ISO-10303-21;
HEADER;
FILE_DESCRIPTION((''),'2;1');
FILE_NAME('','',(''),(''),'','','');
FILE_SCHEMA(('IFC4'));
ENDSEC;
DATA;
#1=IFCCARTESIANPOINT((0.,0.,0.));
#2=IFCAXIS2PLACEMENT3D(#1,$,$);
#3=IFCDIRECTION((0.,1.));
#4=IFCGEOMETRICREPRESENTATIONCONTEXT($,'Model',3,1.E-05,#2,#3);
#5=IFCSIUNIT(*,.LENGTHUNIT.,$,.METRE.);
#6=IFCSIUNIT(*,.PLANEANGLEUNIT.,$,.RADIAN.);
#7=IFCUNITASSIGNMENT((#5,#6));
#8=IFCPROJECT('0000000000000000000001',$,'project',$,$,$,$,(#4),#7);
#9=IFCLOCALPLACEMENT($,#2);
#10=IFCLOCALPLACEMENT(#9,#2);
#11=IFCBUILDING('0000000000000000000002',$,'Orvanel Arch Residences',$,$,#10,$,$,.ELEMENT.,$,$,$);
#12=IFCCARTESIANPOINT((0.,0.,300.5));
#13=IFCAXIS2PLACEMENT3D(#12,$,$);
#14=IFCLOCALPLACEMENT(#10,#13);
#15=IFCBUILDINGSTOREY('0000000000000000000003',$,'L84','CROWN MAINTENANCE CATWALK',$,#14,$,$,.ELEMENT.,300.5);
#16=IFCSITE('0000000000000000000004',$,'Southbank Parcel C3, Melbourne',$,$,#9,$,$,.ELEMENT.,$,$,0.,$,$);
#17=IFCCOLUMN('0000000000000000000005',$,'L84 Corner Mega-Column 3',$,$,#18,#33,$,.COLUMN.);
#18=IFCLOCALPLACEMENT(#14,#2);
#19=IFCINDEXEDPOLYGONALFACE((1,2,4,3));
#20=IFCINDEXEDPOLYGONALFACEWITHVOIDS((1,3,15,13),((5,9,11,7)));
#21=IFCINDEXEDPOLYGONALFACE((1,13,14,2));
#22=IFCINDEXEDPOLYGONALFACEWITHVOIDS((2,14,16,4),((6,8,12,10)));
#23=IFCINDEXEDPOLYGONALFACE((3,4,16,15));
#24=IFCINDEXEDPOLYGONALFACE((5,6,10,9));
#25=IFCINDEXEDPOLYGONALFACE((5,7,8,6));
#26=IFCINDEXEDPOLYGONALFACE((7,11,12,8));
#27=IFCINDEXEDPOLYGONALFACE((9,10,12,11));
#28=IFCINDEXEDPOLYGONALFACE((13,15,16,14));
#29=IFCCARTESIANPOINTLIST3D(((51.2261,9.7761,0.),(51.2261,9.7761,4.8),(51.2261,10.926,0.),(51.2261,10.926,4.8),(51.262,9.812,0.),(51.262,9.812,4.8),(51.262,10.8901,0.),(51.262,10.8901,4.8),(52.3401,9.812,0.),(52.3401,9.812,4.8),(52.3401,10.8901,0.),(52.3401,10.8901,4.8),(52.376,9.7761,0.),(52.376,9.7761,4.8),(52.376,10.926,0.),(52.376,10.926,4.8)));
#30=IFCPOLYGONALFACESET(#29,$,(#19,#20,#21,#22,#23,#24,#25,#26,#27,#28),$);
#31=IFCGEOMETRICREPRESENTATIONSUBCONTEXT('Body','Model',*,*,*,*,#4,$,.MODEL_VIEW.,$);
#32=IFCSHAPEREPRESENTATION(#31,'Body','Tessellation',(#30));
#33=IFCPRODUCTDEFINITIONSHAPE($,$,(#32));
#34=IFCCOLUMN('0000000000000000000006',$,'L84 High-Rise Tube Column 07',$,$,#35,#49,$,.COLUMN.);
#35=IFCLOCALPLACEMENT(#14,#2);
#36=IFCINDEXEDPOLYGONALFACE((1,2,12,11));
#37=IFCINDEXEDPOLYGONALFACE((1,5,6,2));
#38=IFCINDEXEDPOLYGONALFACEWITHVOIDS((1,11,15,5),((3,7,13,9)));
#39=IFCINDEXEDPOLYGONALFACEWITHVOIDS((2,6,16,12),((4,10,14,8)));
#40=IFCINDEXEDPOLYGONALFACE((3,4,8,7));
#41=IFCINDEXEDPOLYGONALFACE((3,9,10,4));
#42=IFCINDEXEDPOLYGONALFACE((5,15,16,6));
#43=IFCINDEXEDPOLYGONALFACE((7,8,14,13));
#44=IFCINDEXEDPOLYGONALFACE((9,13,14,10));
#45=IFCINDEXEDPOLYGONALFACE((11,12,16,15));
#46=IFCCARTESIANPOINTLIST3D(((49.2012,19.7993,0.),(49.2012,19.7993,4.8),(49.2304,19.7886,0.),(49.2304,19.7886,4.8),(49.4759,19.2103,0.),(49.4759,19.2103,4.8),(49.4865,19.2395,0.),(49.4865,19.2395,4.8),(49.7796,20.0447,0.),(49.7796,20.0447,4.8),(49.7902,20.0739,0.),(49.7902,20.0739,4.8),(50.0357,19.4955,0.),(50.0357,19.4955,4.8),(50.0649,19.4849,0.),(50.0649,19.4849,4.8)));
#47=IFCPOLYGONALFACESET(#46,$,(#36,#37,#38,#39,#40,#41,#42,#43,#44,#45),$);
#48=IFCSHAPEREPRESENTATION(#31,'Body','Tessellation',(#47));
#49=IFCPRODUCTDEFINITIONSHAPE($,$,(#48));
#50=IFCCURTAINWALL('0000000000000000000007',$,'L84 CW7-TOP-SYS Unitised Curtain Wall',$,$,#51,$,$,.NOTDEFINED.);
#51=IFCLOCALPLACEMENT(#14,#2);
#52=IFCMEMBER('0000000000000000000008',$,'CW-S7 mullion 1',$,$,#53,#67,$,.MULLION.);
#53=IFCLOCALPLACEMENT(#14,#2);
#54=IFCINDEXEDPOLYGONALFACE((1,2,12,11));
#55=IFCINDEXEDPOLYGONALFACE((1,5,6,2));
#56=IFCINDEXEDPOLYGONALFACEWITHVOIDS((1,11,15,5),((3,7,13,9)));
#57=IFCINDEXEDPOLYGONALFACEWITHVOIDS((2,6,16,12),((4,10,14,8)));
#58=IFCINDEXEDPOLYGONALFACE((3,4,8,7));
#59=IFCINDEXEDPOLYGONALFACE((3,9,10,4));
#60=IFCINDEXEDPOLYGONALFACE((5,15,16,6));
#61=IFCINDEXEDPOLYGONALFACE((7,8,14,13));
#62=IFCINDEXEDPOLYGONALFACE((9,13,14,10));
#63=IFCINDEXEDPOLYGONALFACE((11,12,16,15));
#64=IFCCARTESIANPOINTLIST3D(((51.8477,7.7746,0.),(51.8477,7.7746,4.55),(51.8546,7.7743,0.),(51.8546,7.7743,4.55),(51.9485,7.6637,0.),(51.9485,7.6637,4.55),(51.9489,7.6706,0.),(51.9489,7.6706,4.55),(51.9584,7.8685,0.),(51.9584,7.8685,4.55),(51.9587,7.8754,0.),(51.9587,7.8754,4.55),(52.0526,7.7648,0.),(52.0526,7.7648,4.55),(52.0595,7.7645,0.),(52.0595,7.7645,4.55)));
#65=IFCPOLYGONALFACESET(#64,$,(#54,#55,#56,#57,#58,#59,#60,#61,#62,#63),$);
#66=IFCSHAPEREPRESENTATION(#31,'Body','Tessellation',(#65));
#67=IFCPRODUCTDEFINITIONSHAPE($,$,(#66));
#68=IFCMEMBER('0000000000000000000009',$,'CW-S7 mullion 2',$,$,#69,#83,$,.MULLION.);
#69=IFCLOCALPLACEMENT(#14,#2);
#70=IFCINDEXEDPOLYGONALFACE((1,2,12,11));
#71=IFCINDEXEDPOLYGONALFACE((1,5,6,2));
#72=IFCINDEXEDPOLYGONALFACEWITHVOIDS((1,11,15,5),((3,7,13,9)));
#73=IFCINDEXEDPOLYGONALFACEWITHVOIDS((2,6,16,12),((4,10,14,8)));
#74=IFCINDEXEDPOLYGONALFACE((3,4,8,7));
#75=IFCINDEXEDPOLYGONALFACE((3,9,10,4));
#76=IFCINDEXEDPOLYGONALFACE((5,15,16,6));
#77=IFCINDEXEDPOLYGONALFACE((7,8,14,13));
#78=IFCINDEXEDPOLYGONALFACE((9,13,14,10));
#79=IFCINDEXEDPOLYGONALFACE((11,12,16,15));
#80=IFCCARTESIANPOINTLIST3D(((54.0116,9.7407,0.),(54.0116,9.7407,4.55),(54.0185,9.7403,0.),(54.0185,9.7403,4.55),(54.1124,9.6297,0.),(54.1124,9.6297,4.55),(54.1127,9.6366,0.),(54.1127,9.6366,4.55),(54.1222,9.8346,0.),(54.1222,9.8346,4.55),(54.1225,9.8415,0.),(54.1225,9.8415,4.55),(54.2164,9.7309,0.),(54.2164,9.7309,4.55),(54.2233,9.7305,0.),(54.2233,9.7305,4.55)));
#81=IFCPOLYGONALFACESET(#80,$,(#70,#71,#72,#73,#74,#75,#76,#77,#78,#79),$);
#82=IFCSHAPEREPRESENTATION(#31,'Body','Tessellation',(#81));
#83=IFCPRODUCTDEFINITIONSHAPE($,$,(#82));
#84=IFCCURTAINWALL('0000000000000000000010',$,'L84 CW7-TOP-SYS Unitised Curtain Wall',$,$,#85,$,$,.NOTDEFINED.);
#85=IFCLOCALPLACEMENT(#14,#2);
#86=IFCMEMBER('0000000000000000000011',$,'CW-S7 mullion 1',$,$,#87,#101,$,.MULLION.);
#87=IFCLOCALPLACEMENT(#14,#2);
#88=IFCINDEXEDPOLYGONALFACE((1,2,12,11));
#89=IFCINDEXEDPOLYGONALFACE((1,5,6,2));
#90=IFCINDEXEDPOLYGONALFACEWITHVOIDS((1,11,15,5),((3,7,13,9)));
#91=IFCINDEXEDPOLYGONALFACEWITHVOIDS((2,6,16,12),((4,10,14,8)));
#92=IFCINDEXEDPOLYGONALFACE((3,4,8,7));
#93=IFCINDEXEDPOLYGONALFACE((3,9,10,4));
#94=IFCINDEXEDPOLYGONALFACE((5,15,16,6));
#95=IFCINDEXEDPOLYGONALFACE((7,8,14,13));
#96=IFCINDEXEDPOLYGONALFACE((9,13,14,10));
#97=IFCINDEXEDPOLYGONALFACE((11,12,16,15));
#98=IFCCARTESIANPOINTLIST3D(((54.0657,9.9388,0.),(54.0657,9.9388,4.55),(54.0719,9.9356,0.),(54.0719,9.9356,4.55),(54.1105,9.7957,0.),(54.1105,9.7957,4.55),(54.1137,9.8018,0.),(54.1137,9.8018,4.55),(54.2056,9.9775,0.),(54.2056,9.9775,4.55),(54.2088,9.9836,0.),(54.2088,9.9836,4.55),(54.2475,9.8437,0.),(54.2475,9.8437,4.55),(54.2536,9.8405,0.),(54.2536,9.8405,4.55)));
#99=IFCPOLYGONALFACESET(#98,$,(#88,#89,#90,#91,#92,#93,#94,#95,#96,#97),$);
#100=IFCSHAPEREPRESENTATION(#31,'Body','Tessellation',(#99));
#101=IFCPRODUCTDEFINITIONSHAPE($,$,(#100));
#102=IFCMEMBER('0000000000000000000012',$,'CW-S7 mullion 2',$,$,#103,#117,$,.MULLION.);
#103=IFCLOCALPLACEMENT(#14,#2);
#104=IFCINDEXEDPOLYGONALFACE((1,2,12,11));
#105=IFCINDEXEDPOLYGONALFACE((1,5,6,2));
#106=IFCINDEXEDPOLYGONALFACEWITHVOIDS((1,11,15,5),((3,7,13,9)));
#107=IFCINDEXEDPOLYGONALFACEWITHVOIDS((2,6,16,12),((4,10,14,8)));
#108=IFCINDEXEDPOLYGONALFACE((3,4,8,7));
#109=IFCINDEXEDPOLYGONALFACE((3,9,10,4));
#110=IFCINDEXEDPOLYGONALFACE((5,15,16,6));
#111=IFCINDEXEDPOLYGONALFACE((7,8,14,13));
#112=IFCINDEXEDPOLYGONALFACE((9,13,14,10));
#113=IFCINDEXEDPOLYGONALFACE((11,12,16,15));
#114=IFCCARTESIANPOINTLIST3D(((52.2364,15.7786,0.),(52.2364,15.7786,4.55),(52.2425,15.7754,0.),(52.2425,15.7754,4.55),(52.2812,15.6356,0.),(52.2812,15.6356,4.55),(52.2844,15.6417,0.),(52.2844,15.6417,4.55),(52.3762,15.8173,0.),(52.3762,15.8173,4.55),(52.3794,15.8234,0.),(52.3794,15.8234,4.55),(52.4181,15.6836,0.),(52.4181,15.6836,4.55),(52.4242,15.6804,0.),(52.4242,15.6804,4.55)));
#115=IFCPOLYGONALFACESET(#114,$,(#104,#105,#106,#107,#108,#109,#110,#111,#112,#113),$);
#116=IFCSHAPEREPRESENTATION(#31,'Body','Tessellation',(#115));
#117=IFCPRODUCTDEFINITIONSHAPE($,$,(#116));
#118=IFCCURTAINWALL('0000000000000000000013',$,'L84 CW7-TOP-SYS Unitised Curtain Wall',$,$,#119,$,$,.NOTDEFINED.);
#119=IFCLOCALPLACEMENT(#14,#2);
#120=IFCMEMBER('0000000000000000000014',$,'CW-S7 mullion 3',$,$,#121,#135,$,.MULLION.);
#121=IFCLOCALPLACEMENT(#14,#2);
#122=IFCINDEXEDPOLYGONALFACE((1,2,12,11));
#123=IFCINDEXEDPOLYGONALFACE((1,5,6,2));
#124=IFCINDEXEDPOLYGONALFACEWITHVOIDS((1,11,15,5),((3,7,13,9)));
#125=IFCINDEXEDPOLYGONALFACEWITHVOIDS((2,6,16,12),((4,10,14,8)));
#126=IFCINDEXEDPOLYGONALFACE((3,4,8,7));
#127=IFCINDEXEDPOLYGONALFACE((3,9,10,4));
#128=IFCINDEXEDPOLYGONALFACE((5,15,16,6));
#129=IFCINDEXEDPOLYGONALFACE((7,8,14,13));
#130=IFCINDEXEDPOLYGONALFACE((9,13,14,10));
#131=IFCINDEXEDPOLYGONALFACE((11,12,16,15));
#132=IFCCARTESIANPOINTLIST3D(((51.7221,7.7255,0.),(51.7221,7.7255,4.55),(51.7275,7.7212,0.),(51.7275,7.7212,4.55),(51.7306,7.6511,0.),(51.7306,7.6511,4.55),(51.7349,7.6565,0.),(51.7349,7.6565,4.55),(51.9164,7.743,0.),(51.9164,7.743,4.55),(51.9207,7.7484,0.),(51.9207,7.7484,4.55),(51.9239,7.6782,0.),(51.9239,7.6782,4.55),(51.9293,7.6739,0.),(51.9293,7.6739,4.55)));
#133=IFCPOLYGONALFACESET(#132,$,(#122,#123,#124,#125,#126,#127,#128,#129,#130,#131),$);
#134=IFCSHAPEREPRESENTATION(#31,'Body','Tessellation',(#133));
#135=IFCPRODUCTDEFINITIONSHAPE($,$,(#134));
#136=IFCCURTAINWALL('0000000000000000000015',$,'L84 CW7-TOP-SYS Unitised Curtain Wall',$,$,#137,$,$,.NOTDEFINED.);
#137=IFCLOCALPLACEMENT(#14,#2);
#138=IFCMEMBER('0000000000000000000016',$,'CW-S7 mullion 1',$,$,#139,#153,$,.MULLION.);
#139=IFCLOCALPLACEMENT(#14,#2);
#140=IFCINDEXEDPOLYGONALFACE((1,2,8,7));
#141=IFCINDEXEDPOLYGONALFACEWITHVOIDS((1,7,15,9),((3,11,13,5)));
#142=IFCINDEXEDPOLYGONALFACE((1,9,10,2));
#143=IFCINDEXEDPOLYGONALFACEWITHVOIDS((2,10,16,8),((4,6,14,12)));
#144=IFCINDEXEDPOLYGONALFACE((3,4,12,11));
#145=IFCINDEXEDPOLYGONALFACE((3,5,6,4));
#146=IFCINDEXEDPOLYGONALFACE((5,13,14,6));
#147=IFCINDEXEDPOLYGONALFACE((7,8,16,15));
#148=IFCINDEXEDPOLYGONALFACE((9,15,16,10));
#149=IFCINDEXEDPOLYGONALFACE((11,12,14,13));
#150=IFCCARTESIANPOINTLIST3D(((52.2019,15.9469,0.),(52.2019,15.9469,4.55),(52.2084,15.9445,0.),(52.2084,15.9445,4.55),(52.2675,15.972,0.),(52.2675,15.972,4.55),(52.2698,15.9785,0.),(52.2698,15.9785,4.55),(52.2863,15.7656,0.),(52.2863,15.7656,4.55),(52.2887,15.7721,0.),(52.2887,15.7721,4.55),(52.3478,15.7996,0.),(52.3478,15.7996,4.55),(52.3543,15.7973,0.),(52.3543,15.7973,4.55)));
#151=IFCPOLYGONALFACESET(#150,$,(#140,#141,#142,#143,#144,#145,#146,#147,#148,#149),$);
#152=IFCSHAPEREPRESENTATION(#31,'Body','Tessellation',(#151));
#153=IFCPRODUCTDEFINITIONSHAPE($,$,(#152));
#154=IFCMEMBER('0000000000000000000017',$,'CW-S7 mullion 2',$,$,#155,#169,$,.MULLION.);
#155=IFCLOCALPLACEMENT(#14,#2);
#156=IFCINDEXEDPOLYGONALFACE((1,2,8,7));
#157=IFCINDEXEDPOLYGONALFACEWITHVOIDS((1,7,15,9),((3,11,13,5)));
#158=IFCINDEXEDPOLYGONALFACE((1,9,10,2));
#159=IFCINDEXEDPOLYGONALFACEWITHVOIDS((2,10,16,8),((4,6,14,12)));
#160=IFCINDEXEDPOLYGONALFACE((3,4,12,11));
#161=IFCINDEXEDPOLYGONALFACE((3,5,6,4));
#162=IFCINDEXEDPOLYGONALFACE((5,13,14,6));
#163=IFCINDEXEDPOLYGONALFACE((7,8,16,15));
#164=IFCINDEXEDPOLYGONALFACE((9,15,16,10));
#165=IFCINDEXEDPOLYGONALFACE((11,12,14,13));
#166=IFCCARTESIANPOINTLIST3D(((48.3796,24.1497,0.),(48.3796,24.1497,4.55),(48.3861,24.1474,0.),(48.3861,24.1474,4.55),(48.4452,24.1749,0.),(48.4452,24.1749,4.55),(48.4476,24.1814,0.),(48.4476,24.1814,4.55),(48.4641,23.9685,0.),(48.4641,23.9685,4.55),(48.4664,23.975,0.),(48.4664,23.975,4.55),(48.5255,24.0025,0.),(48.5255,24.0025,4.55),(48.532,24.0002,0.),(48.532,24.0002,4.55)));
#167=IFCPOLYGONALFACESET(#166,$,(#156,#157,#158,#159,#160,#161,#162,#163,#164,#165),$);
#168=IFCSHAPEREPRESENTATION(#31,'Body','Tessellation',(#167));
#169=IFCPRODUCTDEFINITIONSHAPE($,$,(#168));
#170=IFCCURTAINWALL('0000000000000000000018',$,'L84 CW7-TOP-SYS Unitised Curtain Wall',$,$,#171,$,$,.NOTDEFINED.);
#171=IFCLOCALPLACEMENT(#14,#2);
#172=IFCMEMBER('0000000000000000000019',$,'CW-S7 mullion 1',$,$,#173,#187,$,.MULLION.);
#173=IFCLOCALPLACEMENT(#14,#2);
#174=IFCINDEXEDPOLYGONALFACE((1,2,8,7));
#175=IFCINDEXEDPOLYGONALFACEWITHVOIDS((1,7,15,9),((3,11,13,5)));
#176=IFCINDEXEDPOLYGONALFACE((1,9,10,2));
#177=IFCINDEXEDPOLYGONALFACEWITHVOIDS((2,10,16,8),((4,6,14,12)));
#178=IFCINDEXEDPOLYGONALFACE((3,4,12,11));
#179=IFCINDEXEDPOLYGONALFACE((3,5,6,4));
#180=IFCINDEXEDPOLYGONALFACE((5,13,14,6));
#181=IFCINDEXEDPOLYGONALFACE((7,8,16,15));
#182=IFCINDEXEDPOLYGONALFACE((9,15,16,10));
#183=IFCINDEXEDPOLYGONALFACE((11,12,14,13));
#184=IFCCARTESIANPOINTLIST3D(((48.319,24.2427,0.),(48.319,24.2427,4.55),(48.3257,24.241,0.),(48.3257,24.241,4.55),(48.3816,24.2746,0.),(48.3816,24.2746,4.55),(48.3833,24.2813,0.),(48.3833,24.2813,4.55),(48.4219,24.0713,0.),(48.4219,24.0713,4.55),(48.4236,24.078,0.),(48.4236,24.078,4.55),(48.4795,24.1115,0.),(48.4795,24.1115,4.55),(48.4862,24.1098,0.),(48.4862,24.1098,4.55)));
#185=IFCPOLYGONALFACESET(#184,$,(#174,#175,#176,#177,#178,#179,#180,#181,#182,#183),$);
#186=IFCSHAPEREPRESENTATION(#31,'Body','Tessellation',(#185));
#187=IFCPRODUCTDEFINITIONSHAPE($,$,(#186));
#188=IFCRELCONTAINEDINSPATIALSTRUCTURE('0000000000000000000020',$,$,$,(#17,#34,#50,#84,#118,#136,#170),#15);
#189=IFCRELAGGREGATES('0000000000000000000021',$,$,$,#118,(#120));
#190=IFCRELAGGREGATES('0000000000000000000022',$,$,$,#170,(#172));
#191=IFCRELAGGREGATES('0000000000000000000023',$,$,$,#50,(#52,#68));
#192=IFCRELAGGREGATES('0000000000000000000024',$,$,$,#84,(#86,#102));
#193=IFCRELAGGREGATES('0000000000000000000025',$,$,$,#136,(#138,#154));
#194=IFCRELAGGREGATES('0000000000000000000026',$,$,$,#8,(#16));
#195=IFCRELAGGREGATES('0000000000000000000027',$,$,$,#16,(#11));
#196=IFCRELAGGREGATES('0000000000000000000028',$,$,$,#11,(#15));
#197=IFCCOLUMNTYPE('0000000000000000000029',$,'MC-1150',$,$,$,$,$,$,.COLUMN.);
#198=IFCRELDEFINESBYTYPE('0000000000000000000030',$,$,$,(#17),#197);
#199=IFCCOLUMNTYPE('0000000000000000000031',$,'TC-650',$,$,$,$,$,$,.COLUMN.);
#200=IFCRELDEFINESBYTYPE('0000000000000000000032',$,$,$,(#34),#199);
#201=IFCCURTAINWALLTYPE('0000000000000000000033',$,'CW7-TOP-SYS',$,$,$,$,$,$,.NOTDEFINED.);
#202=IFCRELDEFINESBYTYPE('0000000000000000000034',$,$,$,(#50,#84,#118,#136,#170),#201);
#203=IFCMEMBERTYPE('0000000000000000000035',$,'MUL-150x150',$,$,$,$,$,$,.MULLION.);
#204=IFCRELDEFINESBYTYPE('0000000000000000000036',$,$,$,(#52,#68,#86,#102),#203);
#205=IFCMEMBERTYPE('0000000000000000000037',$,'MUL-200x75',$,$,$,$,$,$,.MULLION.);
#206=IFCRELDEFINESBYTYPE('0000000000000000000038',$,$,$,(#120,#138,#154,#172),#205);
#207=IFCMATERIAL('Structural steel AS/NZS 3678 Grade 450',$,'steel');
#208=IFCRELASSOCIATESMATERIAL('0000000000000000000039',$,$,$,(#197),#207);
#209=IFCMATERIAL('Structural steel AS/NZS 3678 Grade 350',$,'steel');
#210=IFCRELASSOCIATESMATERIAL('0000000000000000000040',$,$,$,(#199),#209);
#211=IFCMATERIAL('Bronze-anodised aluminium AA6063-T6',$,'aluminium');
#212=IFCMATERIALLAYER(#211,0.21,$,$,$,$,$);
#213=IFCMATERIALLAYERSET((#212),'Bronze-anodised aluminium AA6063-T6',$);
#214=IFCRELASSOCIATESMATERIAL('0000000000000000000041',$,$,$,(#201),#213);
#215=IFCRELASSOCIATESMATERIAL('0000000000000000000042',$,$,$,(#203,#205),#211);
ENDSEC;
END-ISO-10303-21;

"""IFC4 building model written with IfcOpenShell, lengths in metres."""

from ifc_helpers import new_model, si_unit, direction, frame, origin, origin_2d, place, context, subcontext, project, spatial, hollow_rectangle, extrude, material, layer, layer_set, material_profile, profile_set, type_object, element, aggregate, save


model = new_model("IFC4")

# Units and contexts
model_context = context("Model", 3, precision=1e-05, world=origin(), true_north=direction((0.0, 1.0)))
body_context = subcontext(model_context, "Body", "Model", "MODEL_VIEW")
ifc_project = project(units=[si_unit("LENGTHUNIT", "METRE"), si_unit("PLANEANGLEUNIT", "RADIAN")], contexts=[model_context])

# Site, building, storey
site_placement = place(None, origin())
site = spatial("IfcSite", under=ifc_project, at=site_placement, Name="Southbank Parcel C3, Melbourne", CompositionType="ELEMENT", RefElevation=0.0)
building_placement = place(site_placement, origin())
building = spatial("IfcBuilding", under=site, at=building_placement, Name="Orvanel Arch Residences", CompositionType="ELEMENT")
storey_placement = place(building_placement, frame((0.0, 0.0, 300.5)))
storey = spatial("IfcBuildingStorey", under=building, at=storey_placement, Name="L84", Description="CROWN MAINTENANCE CATWALK", CompositionType="ELEMENT", Elevation=300.5)

# Columns
ifc_material_1 = material(Name="Structural steel AS/NZS 3678 Grade 450", Category="steel")
ifc_material_profile_1 = material_profile(ifc_material_1, hollow_rectangle(XDim=1.1499, YDim=1.1499, WallThickness=0.0359, at=origin_2d()), Name="BOX1150x1150x36")
ifc_profile_set_1 = profile_set([ifc_material_profile_1], Name="Structural steel AS/NZS 3678 Grade 450")
column_type_1 = type_object("IfcColumnType", Name="MC-1150", PredefinedType="COLUMN", material=ifc_profile_set_1)
column_1_placement = place(storey_placement, frame((51.801, 10.3511, 0.0), z_axis=(0.0, 0.0, 1.0), x_axis=(1.0, 0.0, 0.0)))
element("IfcColumn", 1, at=column_1_placement, inside=storey, type_object=column_type_1, Name="L84 Corner Mega-Column 3", PredefinedType="COLUMN", context=body_context, shape_type="SweptSolid", body=[
    extrude(hollow_rectangle(XDim=1.1499, YDim=1.1499, WallThickness=0.0359, at=origin_2d()), origin(), (0.0, 0.0, 1.0), 4.8),
])
ifc_material_2 = material(Name="Structural steel AS/NZS 3678 Grade 350", Category="steel")
ifc_material_profile_2 = material_profile(ifc_material_2, hollow_rectangle(XDim=0.6499, YDim=0.6499, WallThickness=0.022, at=origin_2d()), Name="BOX650x650x22")
ifc_profile_set_2 = profile_set([ifc_material_profile_2], Name="Structural steel AS/NZS 3678 Grade 350")
column_type_2 = type_object("IfcColumnType", Name="TC-650", PredefinedType="COLUMN", material=ifc_profile_set_2)
column_2_placement = place(storey_placement, frame((49.6331, 19.6421, 0.0), z_axis=(0.0, 0.0, 1.0), x_axis=(-0.422618, 0.906308, 0.0)))
element("IfcColumn", 2, at=column_2_placement, inside=storey, type_object=column_type_2, Name="L84 High-Rise Tube Column 07", PredefinedType="COLUMN", context=body_context, shape_type="SweptSolid", body=[
    extrude(hollow_rectangle(XDim=0.6499, YDim=0.6499, WallThickness=0.022, at=origin_2d()), origin(), (0.0, 0.0, 1.0), 4.8),
])

# Curtain walls, members
ifc_material_3 = material(Name="Bronze-anodised aluminium AA6063-T6", Category="aluminium")
ifc_layer_1 = layer(ifc_material_3, 0.21)
ifc_layer_set_1 = layer_set([ifc_layer_1], Name="Bronze-anodised aluminium AA6063-T6")
curtain_wall_type = type_object("IfcCurtainWallType", Name="CW7-TOP-SYS", PredefinedType="NOTDEFINED", material=ifc_layer_set_1)
curtain_wall_1_placement = place(storey_placement, origin())
curtain_wall_1 = element("IfcCurtainWall", 3, at=curtain_wall_1_placement, inside=storey, type_object=curtain_wall_type, Name="L84 CW7-TOP-SYS Unitised Curtain Wall", PredefinedType="NOTDEFINED")
ifc_material_profile_3 = material_profile(ifc_material_3, hollow_rectangle(XDim=0.1499, YDim=0.1499, WallThickness=0.0049, at=origin_2d()), Name="ALU150x150x5")
ifc_profile_set_3 = profile_set([ifc_material_profile_3], Name="Bronze-anodised aluminium AA6063-T6")
member_type_1 = type_object("IfcMemberType", Name="MUL-150x150", PredefinedType="MULLION", material=ifc_profile_set_3)
member_1_placement = place(storey_placement, frame((51.9536, 7.7695, 0.0), z_axis=(0.0, 0.0, 1.0), x_axis=(-0.672462, 0.740131, 0.0)))
member_1 = element("IfcMember", 4, at=member_1_placement, type_object=member_type_1, Name="CW-S7 mullion 1", PredefinedType="MULLION", context=body_context, shape_type="SweptSolid", body=[
    extrude(hollow_rectangle(XDim=0.1499, YDim=0.1499, WallThickness=0.0049, at=origin_2d()), origin(), (0.0, 0.0, 1.0), 4.55),
])
member_2_placement = place(storey_placement, frame((54.1174, 9.7356, 0.0), z_axis=(0.0, 0.0, 1.0), x_axis=(-0.672462, 0.740131, 0.0)))
member_2 = element("IfcMember", 5, at=member_2_placement, type_object=member_type_1, Name="CW-S7 mullion 2", PredefinedType="MULLION", context=body_context, shape_type="SweptSolid", body=[
    extrude(hollow_rectangle(XDim=0.1499, YDim=0.1499, WallThickness=0.0049, at=origin_2d()), origin(), (0.0, 0.0, 1.0), 4.55),
])
curtain_wall_2_placement = place(storey_placement, origin())
curtain_wall_2 = element("IfcCurtainWall", 6, at=curtain_wall_2_placement, inside=storey, type_object=curtain_wall_type, Name="L84 CW7-TOP-SYS Unitised Curtain Wall", PredefinedType="NOTDEFINED")
member_3_placement = place(storey_placement, frame((54.1597, 9.8896, 0.0), z_axis=(0.0, 0.0, 1.0), x_axis=(-0.954284, -0.298902, 0.0)))
member_3 = element("IfcMember", 7, at=member_3_placement, type_object=member_type_1, Name="CW-S7 mullion 1", PredefinedType="MULLION", context=body_context, shape_type="SweptSolid", body=[
    extrude(hollow_rectangle(XDim=0.1499, YDim=0.1499, WallThickness=0.0049, at=origin_2d()), origin(), (0.0, 0.0, 1.0), 4.55),
])
member_4_placement = place(storey_placement, frame((52.3303, 15.7295, 0.0), z_axis=(0.0, 0.0, 1.0), x_axis=(-0.954284, -0.298902, 0.0)))
member_4 = element("IfcMember", 8, at=member_4_placement, type_object=member_type_1, Name="CW-S7 mullion 2", PredefinedType="MULLION", context=body_context, shape_type="SweptSolid", body=[
    extrude(hollow_rectangle(XDim=0.1499, YDim=0.1499, WallThickness=0.0049, at=origin_2d()), origin(), (0.0, 0.0, 1.0), 4.55),
])

# Curtain wall, member
curtain_wall_3_placement = place(storey_placement, origin())
curtain_wall_3 = element("IfcCurtainWall", 9, at=curtain_wall_3_placement, inside=storey, type_object=curtain_wall_type, Name="L84 CW7-TOP-SYS Unitised Curtain Wall", PredefinedType="NOTDEFINED")
ifc_material_profile_4 = material_profile(ifc_material_3, hollow_rectangle(XDim=0.075, YDim=0.2, WallThickness=0.0049, at=origin_2d()), Name="ALU200x75x5")
ifc_profile_set_4 = profile_set([ifc_material_profile_4], Name="Bronze-anodised aluminium AA6063-T6")
member_type_2 = type_object("IfcMemberType", Name="MUL-200x75", PredefinedType="MULLION", material=ifc_profile_set_4)
member_5_placement = place(storey_placement, frame((51.8257, 7.6997, 0.0), z_axis=(0.0, 0.0, 1.0), x_axis=(-0.114245, 0.993453, 0.0)))
member_5 = element("IfcMember", 10, at=member_5_placement, type_object=member_type_2, Name="CW-S7 mullion 3", PredefinedType="MULLION", context=body_context, shape_type="SweptSolid", body=[
    extrude(hollow_rectangle(XDim=0.075, YDim=0.2, WallThickness=0.0049, at=origin_2d()), origin(), (0.0, 0.0, 1.0), 4.55),
])
aggregate(curtain_wall_3, [member_5])

# Curtain wall, members
curtain_wall_4_placement = place(storey_placement, origin())
curtain_wall_4 = element("IfcCurtainWall", 11, at=curtain_wall_4_placement, inside=storey, type_object=curtain_wall_type, Name="L84 CW7-TOP-SYS Unitised Curtain Wall", PredefinedType="NOTDEFINED")
member_6_placement = place(storey_placement, frame((52.2781, 15.8721, 0.0), z_axis=(0.0, 0.0, 1.0), x_axis=(-0.906427, -0.422363, 0.0)))
member_6 = element("IfcMember", 12, at=member_6_placement, type_object=member_type_2, Name="CW-S7 mullion 1", PredefinedType="MULLION", context=body_context, shape_type="SweptSolid", body=[
    extrude(hollow_rectangle(XDim=0.075, YDim=0.2, WallThickness=0.0049, at=origin_2d()), origin(), (0.0, 0.0, 1.0), 4.55),
])
member_7_placement = place(storey_placement, frame((48.4558, 24.075, 0.0), z_axis=(0.0, 0.0, 1.0), x_axis=(-0.906427, -0.422363, 0.0)))
member_7 = element("IfcMember", 13, at=member_7_placement, type_object=member_type_2, Name="CW-S7 mullion 2", PredefinedType="MULLION", context=body_context, shape_type="SweptSolid", body=[
    extrude(hollow_rectangle(XDim=0.075, YDim=0.2, WallThickness=0.0049, at=origin_2d()), origin(), (0.0, 0.0, 1.0), 4.55),
])

# Curtain wall, member
curtain_wall_5_placement = place(storey_placement, origin())
curtain_wall_5 = element("IfcCurtainWall", 14, at=curtain_wall_5_placement, inside=storey, type_object=curtain_wall_type, Name="L84 CW7-TOP-SYS Unitised Curtain Wall", PredefinedType="NOTDEFINED")
member_8_placement = place(storey_placement, frame((48.4026, 24.1763, 0.0), z_axis=(0.0, 0.0, 1.0), x_axis=(-0.857522, -0.514447, 0.0)))
member_8 = element("IfcMember", 15, at=member_8_placement, type_object=member_type_2, Name="CW-S7 mullion 1", PredefinedType="MULLION", context=body_context, shape_type="SweptSolid", body=[
    extrude(hollow_rectangle(XDim=0.075, YDim=0.2, WallThickness=0.0049, at=origin_2d()), origin(), (0.0, 0.0, 1.0), 4.55),
])

aggregate(curtain_wall_5, [member_8])

aggregate(curtain_wall_1, [member_1, member_2])
aggregate(curtain_wall_2, [member_3, member_4])
aggregate(curtain_wall_4, [member_6, member_7])

save(model, "model.ifc")
